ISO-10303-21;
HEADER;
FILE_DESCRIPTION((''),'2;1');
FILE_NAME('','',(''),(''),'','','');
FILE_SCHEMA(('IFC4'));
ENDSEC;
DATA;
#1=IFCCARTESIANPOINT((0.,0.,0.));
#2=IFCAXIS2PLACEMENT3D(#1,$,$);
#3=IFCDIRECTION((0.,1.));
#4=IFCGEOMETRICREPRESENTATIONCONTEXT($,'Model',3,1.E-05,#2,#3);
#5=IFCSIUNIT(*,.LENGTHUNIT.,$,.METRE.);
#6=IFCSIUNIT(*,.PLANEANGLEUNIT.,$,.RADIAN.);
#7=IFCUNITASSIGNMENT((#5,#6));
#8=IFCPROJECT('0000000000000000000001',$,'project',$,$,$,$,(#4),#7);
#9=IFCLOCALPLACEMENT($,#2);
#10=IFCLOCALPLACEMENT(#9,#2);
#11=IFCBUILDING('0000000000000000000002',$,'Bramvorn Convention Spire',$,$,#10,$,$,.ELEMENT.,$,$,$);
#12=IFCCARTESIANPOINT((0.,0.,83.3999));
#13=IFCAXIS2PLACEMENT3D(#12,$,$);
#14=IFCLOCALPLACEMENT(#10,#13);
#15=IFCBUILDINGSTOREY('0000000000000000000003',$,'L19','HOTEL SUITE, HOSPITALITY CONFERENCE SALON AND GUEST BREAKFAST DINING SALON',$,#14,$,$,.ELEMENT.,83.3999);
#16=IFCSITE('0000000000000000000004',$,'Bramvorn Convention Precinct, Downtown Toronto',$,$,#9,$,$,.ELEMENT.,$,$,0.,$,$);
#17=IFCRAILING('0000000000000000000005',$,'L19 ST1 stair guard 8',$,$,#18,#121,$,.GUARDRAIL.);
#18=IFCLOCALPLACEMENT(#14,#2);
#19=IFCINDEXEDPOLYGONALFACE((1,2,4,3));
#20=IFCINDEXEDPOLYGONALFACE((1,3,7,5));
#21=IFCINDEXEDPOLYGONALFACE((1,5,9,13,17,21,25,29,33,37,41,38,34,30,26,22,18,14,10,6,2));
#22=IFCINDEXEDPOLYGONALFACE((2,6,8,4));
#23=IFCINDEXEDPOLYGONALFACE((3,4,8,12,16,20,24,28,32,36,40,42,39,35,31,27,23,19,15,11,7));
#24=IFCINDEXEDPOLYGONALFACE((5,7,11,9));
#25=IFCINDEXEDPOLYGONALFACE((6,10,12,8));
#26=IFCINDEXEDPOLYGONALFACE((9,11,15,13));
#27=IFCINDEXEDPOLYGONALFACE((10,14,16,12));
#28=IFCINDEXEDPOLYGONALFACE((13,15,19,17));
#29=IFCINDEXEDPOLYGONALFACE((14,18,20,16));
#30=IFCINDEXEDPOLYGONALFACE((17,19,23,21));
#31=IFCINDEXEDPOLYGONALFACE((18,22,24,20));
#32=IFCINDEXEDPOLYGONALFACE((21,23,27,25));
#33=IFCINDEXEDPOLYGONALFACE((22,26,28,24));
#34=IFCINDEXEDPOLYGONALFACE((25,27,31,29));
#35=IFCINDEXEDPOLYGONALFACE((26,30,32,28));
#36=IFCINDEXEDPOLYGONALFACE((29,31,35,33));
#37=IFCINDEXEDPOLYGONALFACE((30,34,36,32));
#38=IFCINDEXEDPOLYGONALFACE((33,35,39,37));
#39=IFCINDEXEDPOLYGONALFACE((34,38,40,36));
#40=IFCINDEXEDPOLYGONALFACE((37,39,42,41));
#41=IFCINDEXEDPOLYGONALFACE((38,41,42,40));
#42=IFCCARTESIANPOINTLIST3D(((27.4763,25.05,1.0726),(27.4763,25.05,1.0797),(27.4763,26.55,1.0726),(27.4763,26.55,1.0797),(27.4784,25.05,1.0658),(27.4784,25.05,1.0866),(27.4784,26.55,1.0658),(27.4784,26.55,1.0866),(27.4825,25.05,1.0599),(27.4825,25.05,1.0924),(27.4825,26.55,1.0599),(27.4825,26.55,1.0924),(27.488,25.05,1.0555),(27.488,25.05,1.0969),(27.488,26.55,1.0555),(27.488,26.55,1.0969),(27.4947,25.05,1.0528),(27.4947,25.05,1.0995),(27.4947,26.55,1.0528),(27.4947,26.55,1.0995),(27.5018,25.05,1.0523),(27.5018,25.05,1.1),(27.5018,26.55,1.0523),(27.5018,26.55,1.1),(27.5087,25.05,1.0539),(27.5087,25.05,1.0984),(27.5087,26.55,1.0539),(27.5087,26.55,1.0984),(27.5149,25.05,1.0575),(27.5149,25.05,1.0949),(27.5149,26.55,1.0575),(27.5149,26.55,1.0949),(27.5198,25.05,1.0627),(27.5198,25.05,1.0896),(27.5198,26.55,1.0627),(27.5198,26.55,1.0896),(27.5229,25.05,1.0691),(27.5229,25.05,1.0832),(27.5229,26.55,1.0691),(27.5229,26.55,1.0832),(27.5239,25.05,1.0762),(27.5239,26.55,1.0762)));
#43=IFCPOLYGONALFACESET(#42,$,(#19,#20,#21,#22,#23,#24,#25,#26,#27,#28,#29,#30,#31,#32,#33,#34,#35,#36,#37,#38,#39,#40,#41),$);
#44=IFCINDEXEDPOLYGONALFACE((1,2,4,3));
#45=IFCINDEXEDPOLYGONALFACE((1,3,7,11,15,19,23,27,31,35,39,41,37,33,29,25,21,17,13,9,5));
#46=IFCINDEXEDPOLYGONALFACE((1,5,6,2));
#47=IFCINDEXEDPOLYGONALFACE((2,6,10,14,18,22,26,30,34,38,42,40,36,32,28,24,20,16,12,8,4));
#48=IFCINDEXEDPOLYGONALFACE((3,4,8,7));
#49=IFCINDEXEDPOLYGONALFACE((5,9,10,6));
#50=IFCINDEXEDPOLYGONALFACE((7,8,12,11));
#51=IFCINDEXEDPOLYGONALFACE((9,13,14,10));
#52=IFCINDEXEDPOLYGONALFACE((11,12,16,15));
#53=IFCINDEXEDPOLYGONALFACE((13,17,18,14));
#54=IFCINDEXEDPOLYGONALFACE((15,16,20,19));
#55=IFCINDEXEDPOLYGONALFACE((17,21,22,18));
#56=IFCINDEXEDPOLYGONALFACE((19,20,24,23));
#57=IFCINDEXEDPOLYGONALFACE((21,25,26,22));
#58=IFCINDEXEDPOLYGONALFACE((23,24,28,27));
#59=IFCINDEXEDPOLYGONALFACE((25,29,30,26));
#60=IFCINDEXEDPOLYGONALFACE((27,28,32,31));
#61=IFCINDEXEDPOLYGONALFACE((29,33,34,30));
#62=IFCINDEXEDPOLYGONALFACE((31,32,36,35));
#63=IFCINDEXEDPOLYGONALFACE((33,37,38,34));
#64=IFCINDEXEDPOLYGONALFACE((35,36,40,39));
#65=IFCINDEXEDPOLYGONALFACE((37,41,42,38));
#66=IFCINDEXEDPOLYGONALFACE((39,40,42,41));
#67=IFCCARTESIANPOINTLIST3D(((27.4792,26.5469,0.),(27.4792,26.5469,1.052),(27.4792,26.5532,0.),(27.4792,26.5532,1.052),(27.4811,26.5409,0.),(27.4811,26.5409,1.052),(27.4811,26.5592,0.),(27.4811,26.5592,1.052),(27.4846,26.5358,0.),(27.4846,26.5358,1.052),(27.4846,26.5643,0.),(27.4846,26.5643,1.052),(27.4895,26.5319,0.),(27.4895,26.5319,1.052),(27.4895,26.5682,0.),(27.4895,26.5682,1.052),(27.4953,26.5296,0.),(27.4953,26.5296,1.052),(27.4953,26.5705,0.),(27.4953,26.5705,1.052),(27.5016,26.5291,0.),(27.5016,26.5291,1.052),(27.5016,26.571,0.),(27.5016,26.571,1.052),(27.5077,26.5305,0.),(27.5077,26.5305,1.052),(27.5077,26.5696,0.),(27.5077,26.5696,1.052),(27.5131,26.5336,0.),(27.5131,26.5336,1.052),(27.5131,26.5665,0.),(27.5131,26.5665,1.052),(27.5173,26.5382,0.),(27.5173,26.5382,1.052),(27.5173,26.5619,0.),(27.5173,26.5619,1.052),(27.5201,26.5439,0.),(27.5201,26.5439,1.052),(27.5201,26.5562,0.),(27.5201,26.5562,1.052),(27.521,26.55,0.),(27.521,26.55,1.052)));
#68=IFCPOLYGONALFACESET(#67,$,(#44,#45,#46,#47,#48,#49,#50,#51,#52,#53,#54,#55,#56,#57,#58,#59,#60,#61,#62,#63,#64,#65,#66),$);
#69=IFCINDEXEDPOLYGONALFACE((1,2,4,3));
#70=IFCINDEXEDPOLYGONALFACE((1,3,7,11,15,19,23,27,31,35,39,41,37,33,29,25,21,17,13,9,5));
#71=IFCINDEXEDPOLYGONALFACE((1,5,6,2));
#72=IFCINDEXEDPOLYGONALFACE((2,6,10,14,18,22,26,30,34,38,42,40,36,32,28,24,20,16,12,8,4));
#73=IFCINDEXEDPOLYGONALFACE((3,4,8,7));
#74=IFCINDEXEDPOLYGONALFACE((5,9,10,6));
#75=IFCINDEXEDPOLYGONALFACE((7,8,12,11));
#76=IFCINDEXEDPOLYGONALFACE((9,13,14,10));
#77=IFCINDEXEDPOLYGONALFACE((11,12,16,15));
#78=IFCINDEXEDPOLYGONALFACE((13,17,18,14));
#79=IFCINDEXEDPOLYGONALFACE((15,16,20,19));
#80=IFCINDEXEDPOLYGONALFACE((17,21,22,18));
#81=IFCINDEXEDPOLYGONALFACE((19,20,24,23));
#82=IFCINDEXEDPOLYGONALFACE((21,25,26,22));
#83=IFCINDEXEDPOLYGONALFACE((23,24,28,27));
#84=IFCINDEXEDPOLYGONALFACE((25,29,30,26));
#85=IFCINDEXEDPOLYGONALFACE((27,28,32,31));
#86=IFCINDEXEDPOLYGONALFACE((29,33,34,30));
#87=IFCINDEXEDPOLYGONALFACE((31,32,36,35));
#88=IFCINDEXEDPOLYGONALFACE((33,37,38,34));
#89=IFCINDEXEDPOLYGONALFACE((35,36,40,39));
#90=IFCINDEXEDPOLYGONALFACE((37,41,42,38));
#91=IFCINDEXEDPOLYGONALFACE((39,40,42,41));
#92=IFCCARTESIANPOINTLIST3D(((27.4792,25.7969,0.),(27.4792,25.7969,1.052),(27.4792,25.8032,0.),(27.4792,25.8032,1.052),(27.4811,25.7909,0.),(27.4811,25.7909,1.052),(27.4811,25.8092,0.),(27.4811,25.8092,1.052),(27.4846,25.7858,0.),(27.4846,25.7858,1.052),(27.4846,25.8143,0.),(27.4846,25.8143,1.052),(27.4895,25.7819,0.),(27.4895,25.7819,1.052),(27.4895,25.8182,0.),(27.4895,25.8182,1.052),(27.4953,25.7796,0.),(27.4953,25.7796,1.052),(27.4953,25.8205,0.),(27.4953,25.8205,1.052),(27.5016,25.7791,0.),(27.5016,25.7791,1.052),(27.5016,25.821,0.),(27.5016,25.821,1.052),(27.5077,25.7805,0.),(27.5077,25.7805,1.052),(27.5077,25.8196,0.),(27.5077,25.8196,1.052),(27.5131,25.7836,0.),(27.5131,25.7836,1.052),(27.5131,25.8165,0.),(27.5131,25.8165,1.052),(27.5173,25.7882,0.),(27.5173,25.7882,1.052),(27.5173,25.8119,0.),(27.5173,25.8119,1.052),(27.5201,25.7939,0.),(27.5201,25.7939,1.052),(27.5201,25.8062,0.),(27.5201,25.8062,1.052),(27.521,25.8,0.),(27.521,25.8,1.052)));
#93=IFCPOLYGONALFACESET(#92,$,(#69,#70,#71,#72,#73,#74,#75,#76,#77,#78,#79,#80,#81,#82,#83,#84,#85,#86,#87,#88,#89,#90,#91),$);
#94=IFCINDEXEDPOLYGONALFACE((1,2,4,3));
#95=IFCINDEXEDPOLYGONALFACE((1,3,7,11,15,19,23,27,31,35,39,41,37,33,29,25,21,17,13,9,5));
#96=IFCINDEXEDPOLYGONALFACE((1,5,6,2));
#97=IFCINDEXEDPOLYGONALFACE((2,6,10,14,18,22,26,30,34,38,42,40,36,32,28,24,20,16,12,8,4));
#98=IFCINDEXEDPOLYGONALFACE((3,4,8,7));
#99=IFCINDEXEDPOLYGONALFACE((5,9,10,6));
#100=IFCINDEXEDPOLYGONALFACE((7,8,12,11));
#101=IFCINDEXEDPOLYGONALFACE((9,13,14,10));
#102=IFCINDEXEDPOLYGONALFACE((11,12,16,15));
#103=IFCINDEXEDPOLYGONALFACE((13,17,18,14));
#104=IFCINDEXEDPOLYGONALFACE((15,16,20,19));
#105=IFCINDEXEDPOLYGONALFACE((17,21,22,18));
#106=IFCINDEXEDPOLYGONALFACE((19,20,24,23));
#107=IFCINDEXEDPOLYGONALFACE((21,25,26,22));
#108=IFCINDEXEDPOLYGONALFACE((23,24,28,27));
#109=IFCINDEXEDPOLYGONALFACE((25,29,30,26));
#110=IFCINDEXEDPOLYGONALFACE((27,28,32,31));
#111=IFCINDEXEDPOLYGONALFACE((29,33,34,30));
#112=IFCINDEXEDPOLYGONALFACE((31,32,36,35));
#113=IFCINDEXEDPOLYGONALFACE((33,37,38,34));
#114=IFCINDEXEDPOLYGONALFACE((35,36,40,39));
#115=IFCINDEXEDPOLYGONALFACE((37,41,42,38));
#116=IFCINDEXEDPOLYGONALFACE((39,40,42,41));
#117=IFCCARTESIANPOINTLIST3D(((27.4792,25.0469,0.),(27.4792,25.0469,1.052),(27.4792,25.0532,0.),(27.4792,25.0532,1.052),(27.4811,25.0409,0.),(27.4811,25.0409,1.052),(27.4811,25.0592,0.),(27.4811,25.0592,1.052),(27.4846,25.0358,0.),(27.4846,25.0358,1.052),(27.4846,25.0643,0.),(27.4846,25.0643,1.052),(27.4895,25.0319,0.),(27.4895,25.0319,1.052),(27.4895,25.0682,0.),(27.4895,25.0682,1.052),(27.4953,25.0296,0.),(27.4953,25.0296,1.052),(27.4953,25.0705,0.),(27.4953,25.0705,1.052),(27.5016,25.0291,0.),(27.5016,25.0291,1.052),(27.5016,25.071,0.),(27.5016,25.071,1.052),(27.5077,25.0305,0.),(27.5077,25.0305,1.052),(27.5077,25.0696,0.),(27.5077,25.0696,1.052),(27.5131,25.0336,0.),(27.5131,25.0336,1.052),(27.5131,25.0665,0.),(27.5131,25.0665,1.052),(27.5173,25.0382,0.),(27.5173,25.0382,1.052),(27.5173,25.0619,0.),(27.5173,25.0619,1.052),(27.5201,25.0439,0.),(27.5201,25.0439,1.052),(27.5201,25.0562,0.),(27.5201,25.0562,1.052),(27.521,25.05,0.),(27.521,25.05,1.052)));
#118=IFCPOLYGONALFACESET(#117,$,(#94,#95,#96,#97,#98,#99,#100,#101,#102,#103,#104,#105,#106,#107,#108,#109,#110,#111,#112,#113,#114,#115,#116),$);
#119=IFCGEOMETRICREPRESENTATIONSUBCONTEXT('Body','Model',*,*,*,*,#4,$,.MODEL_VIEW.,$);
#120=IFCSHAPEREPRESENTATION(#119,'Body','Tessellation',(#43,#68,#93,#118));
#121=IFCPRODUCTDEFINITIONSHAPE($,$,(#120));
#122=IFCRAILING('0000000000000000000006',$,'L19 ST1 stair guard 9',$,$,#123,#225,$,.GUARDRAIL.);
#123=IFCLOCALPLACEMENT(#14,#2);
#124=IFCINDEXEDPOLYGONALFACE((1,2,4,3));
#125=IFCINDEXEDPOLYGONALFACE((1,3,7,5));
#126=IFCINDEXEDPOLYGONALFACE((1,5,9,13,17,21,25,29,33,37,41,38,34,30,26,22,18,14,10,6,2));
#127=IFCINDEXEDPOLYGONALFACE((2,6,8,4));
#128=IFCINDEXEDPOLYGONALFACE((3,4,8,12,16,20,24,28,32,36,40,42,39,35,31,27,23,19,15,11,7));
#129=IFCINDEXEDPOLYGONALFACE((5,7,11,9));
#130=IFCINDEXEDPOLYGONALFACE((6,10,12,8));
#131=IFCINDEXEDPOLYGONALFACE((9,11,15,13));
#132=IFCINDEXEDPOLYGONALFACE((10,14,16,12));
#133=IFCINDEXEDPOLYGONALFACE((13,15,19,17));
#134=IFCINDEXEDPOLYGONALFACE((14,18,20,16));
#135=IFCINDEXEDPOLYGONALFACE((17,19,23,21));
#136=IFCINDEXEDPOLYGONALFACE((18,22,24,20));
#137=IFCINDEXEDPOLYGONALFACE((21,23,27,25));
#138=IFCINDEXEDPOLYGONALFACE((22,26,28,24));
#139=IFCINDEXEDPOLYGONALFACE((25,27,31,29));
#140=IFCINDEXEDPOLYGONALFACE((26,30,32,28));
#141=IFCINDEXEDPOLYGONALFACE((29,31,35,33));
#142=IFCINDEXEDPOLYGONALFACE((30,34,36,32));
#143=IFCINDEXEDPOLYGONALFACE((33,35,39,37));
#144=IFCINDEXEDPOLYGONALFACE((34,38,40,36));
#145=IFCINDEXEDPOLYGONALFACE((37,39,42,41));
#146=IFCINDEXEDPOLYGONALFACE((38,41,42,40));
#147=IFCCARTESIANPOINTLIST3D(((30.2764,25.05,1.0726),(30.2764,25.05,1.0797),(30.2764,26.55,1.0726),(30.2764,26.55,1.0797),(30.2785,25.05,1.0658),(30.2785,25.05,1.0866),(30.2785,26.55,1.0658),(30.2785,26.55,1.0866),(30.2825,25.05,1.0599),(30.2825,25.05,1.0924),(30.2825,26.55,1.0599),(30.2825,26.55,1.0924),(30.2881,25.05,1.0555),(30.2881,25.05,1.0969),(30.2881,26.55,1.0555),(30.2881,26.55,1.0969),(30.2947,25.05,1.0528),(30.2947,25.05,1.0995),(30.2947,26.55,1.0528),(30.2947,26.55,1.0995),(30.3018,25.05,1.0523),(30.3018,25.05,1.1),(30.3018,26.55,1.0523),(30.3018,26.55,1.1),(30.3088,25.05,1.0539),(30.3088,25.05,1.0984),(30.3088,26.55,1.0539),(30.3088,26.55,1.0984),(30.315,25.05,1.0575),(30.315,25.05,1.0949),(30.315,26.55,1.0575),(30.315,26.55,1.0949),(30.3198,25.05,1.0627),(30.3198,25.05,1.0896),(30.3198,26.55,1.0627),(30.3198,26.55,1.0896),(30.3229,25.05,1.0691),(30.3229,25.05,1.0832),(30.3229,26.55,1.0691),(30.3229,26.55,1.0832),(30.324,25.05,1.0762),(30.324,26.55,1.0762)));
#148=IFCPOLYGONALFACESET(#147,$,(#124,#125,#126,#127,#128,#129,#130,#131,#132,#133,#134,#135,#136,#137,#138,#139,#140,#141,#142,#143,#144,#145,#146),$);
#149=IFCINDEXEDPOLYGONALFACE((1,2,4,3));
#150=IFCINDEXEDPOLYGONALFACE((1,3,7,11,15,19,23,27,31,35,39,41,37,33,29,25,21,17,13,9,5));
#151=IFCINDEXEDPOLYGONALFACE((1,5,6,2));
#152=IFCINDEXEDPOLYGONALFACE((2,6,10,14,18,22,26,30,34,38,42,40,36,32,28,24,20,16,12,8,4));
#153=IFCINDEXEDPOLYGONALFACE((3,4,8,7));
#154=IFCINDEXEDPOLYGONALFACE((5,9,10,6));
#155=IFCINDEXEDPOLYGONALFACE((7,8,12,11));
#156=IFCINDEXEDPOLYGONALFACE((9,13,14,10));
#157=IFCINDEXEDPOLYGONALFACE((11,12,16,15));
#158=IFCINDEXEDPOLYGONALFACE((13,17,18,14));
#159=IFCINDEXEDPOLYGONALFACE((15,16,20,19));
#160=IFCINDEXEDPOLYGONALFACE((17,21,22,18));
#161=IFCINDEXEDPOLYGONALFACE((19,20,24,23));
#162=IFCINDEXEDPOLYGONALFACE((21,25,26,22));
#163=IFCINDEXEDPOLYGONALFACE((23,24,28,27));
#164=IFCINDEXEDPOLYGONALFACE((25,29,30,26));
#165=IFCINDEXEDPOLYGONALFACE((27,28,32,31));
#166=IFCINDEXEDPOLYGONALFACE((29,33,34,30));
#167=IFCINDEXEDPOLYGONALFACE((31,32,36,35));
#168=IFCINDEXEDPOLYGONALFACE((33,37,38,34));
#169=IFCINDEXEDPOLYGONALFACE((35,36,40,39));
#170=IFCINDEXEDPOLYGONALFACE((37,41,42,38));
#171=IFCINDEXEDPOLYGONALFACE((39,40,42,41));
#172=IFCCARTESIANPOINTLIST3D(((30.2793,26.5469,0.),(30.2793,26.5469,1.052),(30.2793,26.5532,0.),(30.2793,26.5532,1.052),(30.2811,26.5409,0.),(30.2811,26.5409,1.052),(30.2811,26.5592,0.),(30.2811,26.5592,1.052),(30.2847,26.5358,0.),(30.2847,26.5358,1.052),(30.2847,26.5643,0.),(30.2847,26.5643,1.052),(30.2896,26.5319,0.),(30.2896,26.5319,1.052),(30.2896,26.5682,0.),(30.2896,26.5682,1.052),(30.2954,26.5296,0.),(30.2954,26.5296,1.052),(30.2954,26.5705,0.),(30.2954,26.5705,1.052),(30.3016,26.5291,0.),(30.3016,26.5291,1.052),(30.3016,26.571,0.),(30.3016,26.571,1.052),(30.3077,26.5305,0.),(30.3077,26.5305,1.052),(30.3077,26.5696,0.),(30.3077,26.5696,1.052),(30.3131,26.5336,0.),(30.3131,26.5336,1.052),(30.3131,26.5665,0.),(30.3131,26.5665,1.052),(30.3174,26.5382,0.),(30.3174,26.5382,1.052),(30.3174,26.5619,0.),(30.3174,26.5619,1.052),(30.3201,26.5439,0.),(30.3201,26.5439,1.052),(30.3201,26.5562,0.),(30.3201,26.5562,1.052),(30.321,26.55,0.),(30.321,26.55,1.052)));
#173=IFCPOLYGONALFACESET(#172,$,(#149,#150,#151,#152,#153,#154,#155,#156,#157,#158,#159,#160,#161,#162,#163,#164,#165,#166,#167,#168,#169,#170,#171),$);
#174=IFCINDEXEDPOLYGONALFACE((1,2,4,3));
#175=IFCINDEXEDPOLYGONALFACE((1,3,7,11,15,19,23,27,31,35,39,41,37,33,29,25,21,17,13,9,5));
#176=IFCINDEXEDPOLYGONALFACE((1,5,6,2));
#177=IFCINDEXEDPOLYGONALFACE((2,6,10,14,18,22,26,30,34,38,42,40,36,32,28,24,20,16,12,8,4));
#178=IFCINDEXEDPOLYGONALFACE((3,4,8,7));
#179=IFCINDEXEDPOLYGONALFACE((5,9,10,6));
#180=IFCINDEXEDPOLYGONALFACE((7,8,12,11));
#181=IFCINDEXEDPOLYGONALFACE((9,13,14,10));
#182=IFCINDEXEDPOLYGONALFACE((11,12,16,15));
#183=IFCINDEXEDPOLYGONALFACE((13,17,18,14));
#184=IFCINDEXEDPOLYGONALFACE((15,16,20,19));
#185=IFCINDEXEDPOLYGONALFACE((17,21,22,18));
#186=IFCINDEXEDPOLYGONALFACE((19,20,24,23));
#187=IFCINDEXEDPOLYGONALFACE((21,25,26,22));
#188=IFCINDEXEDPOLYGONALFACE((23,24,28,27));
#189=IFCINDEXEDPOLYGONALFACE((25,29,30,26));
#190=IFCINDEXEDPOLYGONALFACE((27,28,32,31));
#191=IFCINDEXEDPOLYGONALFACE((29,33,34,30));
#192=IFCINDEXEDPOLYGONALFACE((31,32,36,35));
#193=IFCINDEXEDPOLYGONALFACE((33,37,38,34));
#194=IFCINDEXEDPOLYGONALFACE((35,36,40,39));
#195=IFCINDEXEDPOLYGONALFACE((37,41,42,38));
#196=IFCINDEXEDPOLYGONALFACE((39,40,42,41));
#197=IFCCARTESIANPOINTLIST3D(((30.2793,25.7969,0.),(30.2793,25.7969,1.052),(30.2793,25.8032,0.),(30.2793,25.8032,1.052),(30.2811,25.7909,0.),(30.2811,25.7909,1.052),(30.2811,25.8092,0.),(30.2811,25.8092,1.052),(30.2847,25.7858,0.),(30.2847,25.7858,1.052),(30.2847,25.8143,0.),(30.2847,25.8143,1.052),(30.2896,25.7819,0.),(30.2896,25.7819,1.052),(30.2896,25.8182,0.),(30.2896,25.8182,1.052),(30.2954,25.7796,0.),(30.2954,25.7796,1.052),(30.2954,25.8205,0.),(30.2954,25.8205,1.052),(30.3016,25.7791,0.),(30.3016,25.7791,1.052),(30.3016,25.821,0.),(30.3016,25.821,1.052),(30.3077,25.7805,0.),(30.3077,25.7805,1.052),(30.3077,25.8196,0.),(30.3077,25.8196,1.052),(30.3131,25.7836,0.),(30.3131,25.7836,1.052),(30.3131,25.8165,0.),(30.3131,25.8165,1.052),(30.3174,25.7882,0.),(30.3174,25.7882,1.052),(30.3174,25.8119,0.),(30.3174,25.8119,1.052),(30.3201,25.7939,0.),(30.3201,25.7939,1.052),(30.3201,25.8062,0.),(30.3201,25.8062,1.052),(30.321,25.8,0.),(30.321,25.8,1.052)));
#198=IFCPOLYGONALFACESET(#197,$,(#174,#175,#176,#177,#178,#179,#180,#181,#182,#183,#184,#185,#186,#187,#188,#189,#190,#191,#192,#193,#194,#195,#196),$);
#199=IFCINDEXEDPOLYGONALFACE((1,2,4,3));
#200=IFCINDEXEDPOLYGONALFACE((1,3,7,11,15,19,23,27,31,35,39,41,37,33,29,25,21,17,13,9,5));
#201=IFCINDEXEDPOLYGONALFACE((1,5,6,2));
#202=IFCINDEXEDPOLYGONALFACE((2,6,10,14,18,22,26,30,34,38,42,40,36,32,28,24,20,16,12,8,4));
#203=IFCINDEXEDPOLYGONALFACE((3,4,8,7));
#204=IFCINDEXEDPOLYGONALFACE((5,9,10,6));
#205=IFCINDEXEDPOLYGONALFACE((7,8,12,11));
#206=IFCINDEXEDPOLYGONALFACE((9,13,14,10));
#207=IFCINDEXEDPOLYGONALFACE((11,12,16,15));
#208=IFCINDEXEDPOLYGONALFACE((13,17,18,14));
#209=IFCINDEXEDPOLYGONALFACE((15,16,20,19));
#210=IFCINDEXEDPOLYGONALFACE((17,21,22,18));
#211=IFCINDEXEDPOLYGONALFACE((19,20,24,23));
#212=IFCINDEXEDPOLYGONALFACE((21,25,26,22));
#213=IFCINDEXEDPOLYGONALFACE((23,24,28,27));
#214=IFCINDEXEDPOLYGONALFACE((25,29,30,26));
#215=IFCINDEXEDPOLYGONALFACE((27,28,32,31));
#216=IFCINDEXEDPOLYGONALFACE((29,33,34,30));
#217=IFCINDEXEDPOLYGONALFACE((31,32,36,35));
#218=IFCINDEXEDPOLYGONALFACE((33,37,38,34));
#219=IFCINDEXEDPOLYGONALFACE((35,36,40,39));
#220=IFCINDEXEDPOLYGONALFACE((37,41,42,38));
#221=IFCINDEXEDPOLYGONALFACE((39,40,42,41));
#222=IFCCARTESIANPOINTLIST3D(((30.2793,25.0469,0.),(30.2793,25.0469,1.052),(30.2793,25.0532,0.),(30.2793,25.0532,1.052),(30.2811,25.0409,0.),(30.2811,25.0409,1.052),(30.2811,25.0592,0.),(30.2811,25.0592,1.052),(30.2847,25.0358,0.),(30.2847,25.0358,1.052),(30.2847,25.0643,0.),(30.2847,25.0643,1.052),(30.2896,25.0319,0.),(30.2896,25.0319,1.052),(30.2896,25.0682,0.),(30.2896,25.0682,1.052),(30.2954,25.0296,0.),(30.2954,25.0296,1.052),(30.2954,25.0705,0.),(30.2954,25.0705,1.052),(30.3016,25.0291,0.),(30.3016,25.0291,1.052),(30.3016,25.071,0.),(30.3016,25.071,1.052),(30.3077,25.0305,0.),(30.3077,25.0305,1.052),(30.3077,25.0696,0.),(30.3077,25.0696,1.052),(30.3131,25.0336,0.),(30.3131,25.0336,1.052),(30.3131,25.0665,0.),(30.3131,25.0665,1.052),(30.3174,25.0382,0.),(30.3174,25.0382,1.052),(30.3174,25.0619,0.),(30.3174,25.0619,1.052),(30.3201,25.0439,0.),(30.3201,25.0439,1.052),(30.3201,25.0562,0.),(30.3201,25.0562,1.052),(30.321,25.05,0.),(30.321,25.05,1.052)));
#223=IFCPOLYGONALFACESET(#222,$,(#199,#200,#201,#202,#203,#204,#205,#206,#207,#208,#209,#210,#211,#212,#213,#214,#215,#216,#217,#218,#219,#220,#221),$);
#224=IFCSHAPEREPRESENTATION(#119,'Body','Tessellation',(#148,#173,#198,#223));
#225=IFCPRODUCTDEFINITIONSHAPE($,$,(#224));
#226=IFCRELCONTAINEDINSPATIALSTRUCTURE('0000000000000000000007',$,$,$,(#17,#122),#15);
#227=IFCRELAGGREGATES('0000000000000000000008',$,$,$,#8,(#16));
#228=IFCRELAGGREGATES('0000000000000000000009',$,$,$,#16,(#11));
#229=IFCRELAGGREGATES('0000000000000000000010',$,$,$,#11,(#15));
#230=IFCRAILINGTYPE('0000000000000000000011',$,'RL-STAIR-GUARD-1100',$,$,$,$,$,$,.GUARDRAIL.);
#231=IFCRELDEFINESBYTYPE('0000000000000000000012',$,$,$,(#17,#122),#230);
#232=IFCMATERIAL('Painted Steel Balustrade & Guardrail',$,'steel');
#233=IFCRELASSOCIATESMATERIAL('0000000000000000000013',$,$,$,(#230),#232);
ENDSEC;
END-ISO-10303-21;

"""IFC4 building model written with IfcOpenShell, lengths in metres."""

from ifc_helpers import new_model, si_unit, direction, frame, origin, origin_2d, place, context, subcontext, project, spatial, circle, extrude, material, type_object, element, save


model = new_model("IFC4")

# Units and contexts
model_context = context("Model", 3, precision=1e-05, world=origin(), true_north=direction((0.0, 1.0)))
body_context = subcontext(model_context, "Body", "Model", "MODEL_VIEW")
ifc_project = project(units=[si_unit("LENGTHUNIT", "METRE"), si_unit("PLANEANGLEUNIT", "RADIAN")], contexts=[model_context])

# Site, building, storey
site_placement = place(None, origin())
site = spatial("IfcSite", under=ifc_project, at=site_placement, Name="Bramvorn Convention Precinct, Downtown Toronto", CompositionType="ELEMENT", RefElevation=0.0)
building_placement = place(site_placement, origin())
building = spatial("IfcBuilding", under=site, at=building_placement, Name="Bramvorn Convention Spire", CompositionType="ELEMENT")
storey_placement = place(building_placement, frame((0.0, 0.0, 83.3999)))
storey = spatial("IfcBuildingStorey", under=building, at=storey_placement, Name="L19", Description="HOTEL SUITE, HOSPITALITY CONFERENCE SALON AND GUEST BREAKFAST DINING SALON", CompositionType="ELEMENT", Elevation=83.3999)

# Railings
ifc_material_1 = material(Name="Painted Steel Balustrade & Guardrail", Category="steel")
railing_type_1 = type_object("IfcRailingType", Name="RL-STAIR-GUARD-1100", PredefinedType="GUARDRAIL", material=ifc_material_1)
for number, where, name in (
    (1, (27.5, 26.55, 0.0), "L19 ST1 stair guard 8"),
    (2, (30.3, 26.55, 0.0), "L19 ST1 stair guard 9"),
):
    element("IfcRailing", number, at=place(storey_placement, frame(where)), inside=storey, type_object=railing_type_1, Name=name, PredefinedType="GUARDRAIL", context=body_context, shape_type="SweptSolid", body=[
        extrude(circle(Radius=0.0239, at=origin_2d()), frame((0.0, 0.0, 1.0762), z_axis=(0.0, -1.0, 0.0), x_axis=(1.0, 0.0, 0.0)), (0.0, 0.0, 1.0), 1.5),
        extrude(circle(Radius=0.021, at=origin_2d()), origin(), (0.0, 0.0, 1.0), 1.052),
        extrude(circle(Radius=0.021, at=origin_2d()), frame((0.0, -0.75, 0.0)), (0.0, 0.0, 1.0), 1.052),
        extrude(circle(Radius=0.021, at=origin_2d()), frame((0.0, -1.5, 0.0)), (0.0, 0.0, 1.0), 1.052),
    ])

save(model, "model.ifc")
